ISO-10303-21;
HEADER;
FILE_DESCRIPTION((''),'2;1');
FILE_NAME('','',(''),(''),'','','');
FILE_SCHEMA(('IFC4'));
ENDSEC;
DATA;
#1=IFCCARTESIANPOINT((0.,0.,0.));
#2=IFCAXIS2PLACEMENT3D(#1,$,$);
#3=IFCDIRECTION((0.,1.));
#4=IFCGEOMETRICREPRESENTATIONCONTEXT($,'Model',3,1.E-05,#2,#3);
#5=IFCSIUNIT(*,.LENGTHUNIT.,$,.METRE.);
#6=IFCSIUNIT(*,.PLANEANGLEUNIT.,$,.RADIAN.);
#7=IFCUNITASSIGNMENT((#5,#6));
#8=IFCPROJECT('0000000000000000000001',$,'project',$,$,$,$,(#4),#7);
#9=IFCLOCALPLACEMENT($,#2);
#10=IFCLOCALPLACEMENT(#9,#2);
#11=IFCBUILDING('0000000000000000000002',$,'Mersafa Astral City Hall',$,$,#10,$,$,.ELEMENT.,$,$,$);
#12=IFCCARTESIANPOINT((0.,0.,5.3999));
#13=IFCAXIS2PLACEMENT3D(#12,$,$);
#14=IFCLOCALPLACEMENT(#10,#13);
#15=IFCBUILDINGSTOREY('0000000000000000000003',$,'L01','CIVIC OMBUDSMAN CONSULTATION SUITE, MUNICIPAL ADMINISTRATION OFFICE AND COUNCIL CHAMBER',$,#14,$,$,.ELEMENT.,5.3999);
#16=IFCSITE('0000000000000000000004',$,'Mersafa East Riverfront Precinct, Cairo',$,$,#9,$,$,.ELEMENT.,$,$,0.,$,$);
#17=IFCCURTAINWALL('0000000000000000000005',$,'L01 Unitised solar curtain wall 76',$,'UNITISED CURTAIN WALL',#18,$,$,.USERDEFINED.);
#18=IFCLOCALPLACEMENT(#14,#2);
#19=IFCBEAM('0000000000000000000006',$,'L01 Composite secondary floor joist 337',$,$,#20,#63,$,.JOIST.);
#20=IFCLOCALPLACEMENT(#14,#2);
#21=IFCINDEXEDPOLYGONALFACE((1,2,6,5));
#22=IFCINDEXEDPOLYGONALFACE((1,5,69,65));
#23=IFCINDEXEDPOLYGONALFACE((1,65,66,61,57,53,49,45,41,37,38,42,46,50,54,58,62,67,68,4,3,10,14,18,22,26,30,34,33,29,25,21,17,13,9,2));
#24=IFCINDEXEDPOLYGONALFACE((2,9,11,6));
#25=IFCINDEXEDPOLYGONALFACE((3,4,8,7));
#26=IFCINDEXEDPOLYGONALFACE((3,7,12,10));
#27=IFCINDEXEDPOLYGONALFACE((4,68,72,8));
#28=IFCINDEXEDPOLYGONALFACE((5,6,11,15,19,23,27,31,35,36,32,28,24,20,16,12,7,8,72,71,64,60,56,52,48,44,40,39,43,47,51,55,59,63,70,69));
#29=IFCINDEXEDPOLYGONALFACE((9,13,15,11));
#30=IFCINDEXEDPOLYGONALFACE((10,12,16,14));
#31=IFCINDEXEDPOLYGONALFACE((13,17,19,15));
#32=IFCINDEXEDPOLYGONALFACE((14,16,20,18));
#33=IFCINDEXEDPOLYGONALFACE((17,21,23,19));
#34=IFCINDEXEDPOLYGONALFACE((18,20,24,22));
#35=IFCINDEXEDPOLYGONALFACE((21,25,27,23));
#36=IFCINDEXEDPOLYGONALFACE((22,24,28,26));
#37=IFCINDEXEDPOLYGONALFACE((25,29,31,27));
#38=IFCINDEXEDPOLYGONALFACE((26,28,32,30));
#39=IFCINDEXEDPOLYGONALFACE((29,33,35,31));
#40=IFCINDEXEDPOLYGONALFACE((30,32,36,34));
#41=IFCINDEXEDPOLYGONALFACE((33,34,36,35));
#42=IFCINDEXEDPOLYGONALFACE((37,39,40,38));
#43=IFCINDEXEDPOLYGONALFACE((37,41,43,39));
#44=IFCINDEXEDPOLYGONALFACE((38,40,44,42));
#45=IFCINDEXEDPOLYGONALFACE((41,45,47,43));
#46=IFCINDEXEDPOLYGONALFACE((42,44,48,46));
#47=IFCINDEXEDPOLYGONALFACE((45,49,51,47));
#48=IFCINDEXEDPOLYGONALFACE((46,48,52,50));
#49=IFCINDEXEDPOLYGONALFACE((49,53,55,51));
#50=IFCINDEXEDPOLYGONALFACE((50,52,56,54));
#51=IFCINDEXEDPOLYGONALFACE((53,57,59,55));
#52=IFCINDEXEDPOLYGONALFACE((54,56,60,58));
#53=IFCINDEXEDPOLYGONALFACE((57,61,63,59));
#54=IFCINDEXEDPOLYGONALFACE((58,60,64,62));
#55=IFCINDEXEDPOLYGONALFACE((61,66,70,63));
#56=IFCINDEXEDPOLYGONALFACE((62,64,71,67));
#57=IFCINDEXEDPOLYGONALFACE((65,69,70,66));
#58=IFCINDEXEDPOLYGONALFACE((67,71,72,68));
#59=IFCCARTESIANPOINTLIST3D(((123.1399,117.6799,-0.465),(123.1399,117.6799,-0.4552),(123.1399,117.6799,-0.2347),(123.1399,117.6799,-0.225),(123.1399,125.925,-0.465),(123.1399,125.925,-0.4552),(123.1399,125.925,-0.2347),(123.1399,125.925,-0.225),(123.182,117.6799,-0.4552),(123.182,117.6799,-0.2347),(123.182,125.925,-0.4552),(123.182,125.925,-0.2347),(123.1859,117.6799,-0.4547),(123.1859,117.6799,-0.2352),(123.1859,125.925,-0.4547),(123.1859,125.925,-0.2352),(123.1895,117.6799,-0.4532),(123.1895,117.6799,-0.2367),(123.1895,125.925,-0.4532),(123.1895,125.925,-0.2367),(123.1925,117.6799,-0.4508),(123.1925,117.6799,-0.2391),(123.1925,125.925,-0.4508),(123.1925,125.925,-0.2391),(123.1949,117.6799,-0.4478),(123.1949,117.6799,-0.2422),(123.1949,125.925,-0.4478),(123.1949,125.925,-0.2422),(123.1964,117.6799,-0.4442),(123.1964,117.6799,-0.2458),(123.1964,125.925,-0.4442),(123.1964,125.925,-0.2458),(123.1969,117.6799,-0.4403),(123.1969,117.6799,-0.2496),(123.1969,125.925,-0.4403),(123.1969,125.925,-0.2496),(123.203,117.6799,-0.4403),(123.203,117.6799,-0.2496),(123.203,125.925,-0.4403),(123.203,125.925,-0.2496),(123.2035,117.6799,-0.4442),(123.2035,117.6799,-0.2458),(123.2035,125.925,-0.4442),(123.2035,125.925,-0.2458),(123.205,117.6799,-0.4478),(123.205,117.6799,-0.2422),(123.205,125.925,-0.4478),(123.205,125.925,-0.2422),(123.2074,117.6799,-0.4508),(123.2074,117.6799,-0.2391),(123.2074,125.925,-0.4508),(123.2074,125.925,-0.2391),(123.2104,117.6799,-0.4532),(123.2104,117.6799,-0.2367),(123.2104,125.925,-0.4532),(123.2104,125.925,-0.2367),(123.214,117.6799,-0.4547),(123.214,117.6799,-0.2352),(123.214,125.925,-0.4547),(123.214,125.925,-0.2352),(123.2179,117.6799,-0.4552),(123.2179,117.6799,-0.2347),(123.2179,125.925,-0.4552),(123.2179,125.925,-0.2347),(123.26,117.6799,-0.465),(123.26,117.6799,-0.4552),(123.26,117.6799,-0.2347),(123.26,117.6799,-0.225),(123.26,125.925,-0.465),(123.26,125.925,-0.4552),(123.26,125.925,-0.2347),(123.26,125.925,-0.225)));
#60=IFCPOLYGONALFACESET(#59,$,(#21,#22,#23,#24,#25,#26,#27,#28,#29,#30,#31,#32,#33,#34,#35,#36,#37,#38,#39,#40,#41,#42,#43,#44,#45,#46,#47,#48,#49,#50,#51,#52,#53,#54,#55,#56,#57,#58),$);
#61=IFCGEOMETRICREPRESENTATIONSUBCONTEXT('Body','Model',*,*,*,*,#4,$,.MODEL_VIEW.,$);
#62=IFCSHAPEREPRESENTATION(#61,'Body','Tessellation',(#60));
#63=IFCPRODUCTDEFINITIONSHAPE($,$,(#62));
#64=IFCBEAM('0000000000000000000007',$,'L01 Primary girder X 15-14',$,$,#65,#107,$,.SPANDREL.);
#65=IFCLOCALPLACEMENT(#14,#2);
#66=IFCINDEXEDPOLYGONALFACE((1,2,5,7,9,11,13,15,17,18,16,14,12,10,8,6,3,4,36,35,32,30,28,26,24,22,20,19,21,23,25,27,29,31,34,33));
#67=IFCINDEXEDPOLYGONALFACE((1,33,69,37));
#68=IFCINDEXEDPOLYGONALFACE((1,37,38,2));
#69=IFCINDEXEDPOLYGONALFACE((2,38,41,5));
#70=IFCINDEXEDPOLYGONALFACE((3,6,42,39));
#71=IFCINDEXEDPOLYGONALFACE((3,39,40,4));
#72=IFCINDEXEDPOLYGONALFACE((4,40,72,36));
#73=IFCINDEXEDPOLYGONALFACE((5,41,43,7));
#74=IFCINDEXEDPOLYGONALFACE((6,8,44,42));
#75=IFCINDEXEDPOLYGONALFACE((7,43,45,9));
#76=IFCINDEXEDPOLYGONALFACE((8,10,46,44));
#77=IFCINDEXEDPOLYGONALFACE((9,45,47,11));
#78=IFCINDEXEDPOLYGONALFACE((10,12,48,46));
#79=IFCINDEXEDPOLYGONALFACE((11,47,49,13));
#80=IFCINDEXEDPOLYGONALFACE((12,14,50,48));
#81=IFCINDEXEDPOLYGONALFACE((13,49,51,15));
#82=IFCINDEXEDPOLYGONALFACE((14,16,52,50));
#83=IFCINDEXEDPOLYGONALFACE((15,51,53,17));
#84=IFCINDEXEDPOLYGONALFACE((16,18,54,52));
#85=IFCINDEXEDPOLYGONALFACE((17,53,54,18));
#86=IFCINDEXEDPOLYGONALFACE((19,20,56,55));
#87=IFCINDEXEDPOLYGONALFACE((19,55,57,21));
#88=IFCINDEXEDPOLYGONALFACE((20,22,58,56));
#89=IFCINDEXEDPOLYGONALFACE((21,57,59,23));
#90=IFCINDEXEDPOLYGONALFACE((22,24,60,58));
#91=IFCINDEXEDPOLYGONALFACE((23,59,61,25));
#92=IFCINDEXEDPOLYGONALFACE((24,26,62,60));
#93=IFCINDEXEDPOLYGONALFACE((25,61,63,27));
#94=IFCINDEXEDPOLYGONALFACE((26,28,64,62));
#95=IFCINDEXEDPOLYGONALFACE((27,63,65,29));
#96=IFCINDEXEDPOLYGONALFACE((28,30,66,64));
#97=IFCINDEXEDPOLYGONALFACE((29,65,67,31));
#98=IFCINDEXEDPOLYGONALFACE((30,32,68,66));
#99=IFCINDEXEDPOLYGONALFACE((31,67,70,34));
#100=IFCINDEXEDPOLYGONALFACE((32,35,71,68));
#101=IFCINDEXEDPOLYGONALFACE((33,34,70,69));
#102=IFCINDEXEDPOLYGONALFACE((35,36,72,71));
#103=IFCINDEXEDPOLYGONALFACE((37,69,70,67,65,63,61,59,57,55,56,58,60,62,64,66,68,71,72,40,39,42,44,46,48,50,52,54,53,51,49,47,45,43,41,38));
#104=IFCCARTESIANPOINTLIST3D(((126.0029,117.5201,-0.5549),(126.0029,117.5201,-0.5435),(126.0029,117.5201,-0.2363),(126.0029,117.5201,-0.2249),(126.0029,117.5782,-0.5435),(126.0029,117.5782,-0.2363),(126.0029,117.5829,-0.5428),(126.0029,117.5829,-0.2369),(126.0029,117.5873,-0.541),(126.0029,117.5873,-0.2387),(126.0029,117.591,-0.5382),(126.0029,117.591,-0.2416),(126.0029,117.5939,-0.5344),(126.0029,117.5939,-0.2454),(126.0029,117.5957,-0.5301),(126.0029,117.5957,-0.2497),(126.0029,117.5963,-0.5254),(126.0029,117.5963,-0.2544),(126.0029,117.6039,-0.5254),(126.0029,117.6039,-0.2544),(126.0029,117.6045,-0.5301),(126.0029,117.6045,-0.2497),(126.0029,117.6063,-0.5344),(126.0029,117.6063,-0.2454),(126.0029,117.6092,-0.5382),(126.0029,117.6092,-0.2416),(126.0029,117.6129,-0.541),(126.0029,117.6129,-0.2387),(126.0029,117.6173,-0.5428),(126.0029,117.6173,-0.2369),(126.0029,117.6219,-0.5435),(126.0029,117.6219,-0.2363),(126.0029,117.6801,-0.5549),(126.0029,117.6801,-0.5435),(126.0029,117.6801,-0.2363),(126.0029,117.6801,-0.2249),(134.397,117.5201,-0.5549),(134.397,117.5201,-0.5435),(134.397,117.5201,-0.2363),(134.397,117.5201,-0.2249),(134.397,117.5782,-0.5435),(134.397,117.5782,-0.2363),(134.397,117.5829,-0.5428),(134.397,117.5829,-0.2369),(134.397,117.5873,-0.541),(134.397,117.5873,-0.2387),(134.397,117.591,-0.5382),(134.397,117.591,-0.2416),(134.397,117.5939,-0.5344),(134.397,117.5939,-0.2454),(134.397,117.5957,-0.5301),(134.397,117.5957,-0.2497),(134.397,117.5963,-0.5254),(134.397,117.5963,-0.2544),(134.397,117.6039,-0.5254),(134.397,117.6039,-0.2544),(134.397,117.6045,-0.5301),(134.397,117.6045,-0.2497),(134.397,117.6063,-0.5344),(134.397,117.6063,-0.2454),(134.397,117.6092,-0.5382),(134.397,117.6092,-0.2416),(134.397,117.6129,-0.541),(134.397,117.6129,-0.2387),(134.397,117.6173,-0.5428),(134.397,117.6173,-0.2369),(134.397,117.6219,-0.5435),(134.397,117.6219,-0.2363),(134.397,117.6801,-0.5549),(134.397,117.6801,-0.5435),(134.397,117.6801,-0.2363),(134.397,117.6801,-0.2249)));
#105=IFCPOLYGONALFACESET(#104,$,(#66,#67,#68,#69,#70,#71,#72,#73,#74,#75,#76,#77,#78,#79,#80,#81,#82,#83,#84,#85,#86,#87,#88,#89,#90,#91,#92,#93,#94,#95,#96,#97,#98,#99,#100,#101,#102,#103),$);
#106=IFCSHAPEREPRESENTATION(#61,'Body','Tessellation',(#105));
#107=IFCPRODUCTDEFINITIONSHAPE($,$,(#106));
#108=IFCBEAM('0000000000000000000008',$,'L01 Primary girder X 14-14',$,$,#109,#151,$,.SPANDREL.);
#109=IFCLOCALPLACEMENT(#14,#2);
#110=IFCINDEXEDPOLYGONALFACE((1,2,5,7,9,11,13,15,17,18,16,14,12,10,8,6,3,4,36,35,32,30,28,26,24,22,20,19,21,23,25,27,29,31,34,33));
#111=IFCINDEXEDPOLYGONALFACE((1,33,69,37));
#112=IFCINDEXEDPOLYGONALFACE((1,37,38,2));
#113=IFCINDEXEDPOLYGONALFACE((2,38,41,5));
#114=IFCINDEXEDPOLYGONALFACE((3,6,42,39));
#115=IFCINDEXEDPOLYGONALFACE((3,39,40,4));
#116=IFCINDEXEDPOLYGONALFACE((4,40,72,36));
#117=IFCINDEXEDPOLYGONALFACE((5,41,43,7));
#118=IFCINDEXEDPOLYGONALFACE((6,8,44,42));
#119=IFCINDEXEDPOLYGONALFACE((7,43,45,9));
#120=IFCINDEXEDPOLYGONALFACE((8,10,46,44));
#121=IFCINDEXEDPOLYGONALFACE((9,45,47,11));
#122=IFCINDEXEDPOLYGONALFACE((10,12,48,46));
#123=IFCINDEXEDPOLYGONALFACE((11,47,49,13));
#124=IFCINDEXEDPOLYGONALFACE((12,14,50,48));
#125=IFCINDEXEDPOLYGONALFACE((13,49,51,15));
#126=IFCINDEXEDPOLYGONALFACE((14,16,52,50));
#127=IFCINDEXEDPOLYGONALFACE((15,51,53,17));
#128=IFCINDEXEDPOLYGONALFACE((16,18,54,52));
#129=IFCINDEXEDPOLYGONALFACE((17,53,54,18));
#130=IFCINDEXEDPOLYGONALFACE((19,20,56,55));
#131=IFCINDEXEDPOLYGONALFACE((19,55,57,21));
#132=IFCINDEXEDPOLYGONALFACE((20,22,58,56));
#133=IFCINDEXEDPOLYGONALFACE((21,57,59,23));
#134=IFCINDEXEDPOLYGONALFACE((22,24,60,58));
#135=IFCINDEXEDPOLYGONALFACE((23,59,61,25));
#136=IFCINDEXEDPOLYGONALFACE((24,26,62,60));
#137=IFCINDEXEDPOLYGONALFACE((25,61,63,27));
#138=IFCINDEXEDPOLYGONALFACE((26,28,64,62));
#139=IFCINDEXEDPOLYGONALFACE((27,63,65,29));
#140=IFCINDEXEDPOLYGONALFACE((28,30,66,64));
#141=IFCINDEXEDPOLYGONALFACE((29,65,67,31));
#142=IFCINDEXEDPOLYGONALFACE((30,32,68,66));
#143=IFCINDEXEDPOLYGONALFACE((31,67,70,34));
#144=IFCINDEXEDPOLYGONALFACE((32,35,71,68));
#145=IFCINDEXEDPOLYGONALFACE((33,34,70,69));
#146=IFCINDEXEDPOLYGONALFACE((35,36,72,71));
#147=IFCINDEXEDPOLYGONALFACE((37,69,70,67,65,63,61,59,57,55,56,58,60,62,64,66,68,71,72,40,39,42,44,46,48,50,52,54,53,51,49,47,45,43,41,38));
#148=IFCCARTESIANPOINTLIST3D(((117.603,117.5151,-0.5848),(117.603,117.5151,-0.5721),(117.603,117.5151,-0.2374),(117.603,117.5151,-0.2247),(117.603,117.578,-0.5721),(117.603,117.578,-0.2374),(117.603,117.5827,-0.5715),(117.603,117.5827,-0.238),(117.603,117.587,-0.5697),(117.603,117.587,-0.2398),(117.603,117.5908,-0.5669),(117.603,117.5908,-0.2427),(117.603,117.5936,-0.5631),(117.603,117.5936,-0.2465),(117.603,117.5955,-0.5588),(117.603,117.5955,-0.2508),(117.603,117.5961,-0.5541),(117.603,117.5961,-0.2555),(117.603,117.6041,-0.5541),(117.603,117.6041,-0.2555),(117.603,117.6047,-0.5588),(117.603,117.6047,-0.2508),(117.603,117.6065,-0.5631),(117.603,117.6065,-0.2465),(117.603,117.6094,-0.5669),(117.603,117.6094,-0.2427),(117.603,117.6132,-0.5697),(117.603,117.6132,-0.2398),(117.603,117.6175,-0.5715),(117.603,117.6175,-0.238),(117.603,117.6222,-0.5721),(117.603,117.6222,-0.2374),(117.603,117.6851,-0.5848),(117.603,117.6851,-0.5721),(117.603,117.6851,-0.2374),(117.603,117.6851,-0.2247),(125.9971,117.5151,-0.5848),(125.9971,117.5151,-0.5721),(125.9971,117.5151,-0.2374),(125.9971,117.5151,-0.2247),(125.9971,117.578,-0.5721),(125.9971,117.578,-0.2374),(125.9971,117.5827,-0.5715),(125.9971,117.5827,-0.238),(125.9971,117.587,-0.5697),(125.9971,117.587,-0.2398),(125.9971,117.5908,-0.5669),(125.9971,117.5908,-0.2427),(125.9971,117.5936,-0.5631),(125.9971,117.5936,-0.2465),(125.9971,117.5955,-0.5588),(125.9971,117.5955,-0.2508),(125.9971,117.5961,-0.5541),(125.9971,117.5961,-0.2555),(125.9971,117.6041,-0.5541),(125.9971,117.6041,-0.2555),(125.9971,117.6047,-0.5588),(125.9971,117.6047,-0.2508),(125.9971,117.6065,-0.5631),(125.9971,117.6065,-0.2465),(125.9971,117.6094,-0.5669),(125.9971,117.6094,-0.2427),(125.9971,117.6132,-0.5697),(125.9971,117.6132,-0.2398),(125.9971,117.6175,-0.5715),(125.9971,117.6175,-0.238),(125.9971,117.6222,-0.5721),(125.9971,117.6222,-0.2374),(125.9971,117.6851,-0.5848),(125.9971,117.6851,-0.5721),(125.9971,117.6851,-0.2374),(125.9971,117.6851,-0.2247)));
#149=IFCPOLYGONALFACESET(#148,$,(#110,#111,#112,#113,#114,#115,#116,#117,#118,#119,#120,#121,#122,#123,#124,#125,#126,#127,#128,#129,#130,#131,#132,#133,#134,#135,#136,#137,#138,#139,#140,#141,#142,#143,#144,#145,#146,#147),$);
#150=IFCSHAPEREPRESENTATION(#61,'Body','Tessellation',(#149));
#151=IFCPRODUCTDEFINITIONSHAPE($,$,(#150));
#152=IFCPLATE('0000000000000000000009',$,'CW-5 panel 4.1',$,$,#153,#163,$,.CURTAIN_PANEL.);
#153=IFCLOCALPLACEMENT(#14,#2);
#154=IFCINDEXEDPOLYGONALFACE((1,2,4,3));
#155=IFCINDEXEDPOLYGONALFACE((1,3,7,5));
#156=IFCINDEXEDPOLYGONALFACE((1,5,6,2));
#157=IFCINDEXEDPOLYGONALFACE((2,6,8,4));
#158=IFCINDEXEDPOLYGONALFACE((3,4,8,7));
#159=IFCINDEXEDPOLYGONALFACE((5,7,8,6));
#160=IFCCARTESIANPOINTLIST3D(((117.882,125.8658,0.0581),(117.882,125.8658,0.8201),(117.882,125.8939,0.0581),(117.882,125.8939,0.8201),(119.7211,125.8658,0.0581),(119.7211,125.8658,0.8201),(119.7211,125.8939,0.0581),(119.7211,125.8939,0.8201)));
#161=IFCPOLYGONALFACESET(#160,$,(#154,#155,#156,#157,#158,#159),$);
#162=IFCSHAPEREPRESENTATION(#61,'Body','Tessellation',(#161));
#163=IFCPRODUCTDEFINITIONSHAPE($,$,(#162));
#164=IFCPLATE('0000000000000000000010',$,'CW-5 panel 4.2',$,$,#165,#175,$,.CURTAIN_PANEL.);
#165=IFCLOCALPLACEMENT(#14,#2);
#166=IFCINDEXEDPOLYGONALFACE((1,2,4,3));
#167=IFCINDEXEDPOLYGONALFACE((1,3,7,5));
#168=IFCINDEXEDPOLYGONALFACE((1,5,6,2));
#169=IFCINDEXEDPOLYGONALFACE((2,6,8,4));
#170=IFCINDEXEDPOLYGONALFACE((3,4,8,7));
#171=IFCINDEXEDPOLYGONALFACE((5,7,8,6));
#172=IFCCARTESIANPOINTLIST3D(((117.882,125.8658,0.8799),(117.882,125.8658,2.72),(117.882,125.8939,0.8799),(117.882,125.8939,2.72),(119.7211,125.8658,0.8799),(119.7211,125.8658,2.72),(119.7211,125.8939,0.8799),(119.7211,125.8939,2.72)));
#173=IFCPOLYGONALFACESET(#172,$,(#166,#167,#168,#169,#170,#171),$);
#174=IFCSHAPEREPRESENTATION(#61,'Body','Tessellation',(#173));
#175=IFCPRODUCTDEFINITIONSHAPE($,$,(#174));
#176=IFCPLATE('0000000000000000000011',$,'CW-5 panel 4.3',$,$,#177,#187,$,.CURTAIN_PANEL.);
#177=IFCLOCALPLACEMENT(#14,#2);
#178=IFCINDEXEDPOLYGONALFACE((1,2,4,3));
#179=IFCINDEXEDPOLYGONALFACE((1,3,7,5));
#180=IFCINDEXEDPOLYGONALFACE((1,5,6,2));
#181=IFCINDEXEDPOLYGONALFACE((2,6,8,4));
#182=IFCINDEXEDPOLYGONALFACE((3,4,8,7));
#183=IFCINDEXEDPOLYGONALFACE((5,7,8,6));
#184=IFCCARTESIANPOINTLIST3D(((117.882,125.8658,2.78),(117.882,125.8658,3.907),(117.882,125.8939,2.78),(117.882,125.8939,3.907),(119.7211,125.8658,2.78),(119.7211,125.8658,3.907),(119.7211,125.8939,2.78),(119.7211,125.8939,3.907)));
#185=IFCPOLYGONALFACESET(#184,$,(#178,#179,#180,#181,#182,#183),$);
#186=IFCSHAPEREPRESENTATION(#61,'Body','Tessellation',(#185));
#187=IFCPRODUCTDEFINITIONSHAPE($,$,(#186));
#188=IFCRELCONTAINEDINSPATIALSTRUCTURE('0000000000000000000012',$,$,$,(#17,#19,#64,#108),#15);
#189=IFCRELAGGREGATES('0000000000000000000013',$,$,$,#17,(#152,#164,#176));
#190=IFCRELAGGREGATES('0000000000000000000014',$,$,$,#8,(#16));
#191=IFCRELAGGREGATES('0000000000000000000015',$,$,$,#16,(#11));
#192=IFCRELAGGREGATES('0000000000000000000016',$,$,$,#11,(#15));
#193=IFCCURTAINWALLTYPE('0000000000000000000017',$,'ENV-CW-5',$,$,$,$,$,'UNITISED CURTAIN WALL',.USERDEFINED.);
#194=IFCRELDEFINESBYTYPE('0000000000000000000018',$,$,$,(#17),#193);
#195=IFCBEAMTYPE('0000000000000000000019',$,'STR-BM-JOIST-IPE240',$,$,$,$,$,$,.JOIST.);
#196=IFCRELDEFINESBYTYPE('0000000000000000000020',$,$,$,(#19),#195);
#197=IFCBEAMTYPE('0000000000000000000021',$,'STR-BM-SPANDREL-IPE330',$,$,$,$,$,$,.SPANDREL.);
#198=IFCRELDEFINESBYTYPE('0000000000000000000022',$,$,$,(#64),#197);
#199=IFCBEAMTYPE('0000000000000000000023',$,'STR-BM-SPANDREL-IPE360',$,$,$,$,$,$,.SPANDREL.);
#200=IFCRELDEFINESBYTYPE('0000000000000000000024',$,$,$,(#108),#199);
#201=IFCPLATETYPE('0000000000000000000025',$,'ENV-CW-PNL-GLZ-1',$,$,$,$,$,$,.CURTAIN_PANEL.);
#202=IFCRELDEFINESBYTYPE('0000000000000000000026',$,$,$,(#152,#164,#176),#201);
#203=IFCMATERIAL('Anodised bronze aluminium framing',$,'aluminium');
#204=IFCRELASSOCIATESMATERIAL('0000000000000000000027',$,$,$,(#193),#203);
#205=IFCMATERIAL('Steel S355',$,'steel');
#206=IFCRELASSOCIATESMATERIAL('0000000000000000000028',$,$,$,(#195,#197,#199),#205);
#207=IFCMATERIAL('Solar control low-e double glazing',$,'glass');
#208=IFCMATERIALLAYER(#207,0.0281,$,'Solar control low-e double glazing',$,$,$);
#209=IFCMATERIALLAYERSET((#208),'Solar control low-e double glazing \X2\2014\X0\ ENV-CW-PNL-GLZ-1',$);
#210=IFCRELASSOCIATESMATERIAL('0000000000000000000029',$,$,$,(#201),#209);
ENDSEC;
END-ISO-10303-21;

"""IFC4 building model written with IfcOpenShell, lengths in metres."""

from ifc_helpers import new_model, si_unit, direction, frame, origin, origin_2d, place, context, subcontext, project, spatial, rectangle, i_section, extrude, material, layer, layer_set, material_profile, profile_set, type_object, element, aggregate, save


model = new_model("IFC4")

# Units and contexts
model_context = context("Model", 3, precision=1e-05, world=origin(), true_north=direction((0.0, 1.0)))
body_context = subcontext(model_context, "Body", "Model", "MODEL_VIEW")
ifc_project = project(units=[si_unit("LENGTHUNIT", "METRE"), si_unit("PLANEANGLEUNIT", "RADIAN")], contexts=[model_context])

# Site, building, storey
site_placement = place(None, origin())
site = spatial("IfcSite", under=ifc_project, at=site_placement, Name="Mersafa East Riverfront Precinct, Cairo", CompositionType="ELEMENT", RefElevation=0.0)
building_placement = place(site_placement, origin())
building = spatial("IfcBuilding", under=site, at=building_placement, Name="Mersafa Astral City Hall", CompositionType="ELEMENT")
storey_placement = place(building_placement, frame((0.0, 0.0, 5.3999)))
storey = spatial("IfcBuildingStorey", under=building, at=storey_placement, Name="L01", Description="CIVIC OMBUDSMAN CONSULTATION SUITE, MUNICIPAL ADMINISTRATION OFFICE AND COUNCIL CHAMBER", CompositionType="ELEMENT", Elevation=5.3999)

# Shared definitions
ifc_material_1 = material(Name="Steel S355", Category="steel")

# Shared definitions
ifc_material_2 = material(Name="Anodised bronze aluminium framing", Category="aluminium")

# Curtain wall
curtain_wall_type_1 = type_object("IfcCurtainWallType", Name="ENV-CW-5", ElementType="UNITISED CURTAIN WALL", PredefinedType="USERDEFINED", material=ifc_material_2)
curtain_wall_1_placement = place(storey_placement, origin())
curtain_wall_1 = element("IfcCurtainWall", 1, at=curtain_wall_1_placement, inside=storey, type_object=curtain_wall_type_1, Name="L01 Unitised solar curtain wall 76", ObjectType="UNITISED CURTAIN WALL", PredefinedType="USERDEFINED")

# Beams
ifc_material_profile_1 = material_profile(ifc_material_1, i_section(OverallWidth=0.1201, OverallDepth=0.24, WebThickness=0.0061, FlangeThickness=0.0098, FilletRadius=0.0149, at=origin_2d()), Name="IPE 240")
ifc_profile_set_1 = profile_set([ifc_material_profile_1], Name="Steel S355")
beam_type_1 = type_object("IfcBeamType", Name="STR-BM-JOIST-IPE240", PredefinedType="JOIST", material=ifc_profile_set_1)
for number, where, z_axis, x_axis, name in (
    (2, (123.2, 117.6799, -0.345), (0.0, 1.0, 0.0), (-1.0, 0.0, 0.0), "L01 Composite secondary floor joist 337"),
):
    element("IfcBeam", number, at=place(storey_placement, frame(where, z_axis=z_axis, x_axis=x_axis)), inside=storey, type_object=beam_type_1, Name=name, PredefinedType="JOIST", context=body_context, shape_type="SweptSolid", body=[
        extrude(i_section(OverallWidth=0.1201, OverallDepth=0.24, WebThickness=0.0061, FlangeThickness=0.0098, FilletRadius=0.0149, at=origin_2d()), origin(), (0.0, 0.0, 1.0), 8.2451),
    ])
ifc_material_profile_2 = material_profile(ifc_material_1, i_section(OverallWidth=0.1599, OverallDepth=0.3301, WebThickness=0.0076, FlangeThickness=0.0115, FilletRadius=0.0181, at=origin_2d()), Name="IPE 330")
ifc_profile_set_2 = profile_set([ifc_material_profile_2], Name="Steel S355")
beam_type_2 = type_object("IfcBeamType", Name="STR-BM-SPANDREL-IPE330", PredefinedType="SPANDREL", material=ifc_profile_set_2)
beam_1_placement = place(storey_placement, frame((126.0029, 117.6001, -0.3899), z_axis=(1.0, 0.0, 0.0), x_axis=(0.0, 1.0, 0.0)))
element("IfcBeam", 3, at=beam_1_placement, inside=storey, type_object=beam_type_2, Name="L01 Primary girder X 15-14", PredefinedType="SPANDREL", context=body_context, shape_type="SweptSolid", body=[
    extrude(i_section(OverallWidth=0.1599, OverallDepth=0.3301, WebThickness=0.0076, FlangeThickness=0.0115, FilletRadius=0.0181, at=origin_2d()), origin(), (0.0, 0.0, 1.0), 8.394),
])
ifc_material_profile_3 = material_profile(ifc_material_1, i_section(OverallWidth=0.1699, OverallDepth=0.3601, WebThickness=0.0081, FlangeThickness=0.0127, FilletRadius=0.0181, at=origin_2d()), Name="IPE 360")
ifc_profile_set_3 = profile_set([ifc_material_profile_3], Name="Steel S355")
beam_type_3 = type_object("IfcBeamType", Name="STR-BM-SPANDREL-IPE360", PredefinedType="SPANDREL", material=ifc_profile_set_3)
beam_2_placement = place(storey_placement, frame((117.603, 117.6001, -0.4048), z_axis=(1.0, 0.0, 0.0), x_axis=(0.0, 1.0, 0.0)))
element("IfcBeam", 4, at=beam_2_placement, inside=storey, type_object=beam_type_3, Name="L01 Primary girder X 14-14", PredefinedType="SPANDREL", context=body_context, shape_type="SweptSolid", body=[
    extrude(i_section(OverallWidth=0.1699, OverallDepth=0.3601, WebThickness=0.0081, FlangeThickness=0.0127, FilletRadius=0.0181, at=origin_2d()), origin(), (0.0, 0.0, 1.0), 8.394),
])

# Plates
ifc_material_3 = material(Name="Solar control low-e double glazing", Category="glass")
ifc_layer_1 = layer(ifc_material_3, 0.0281, Name="Solar control low-e double glazing")
ifc_layer_set_1 = layer_set([ifc_layer_1], Name="Solar control low-e double glazing — ENV-CW-PNL-GLZ-1")
plate_type_1 = type_object("IfcPlateType", Name="ENV-CW-PNL-GLZ-1", PredefinedType="CURTAIN_PANEL", material=ifc_layer_set_1)
plate_1_placement = place(storey_placement, frame((118.8015, 125.8799, 0.0581), z_axis=(0.0, 0.0, 1.0), x_axis=(-1.0, 0.0, 0.0)))
plate_1 = element("IfcPlate", 5, at=plate_1_placement, type_object=plate_type_1, Name="CW-5 panel 4.1", PredefinedType="CURTAIN_PANEL", context=body_context, shape_type="SweptSolid", body=[
    extrude(rectangle(XDim=1.8391, YDim=0.0281, at=origin_2d()), origin(), (0.0, 0.0, 1.0), 0.762),
])
plate_2_placement = place(storey_placement, frame((118.8015, 125.8799, 0.8799), z_axis=(0.0, 0.0, 1.0), x_axis=(-1.0, 0.0, 0.0)))
plate_2 = element("IfcPlate", 6, at=plate_2_placement, type_object=plate_type_1, Name="CW-5 panel 4.2", PredefinedType="CURTAIN_PANEL", context=body_context, shape_type="SweptSolid", body=[
    extrude(rectangle(XDim=1.8391, YDim=0.0281, at=origin_2d()), origin(), (0.0, 0.0, 1.0), 1.8401),
])
plate_3_placement = place(storey_placement, frame((118.8015, 125.8799, 2.78), z_axis=(0.0, 0.0, 1.0), x_axis=(-1.0, 0.0, 0.0)))
plate_3 = element("IfcPlate", 7, at=plate_3_placement, type_object=plate_type_1, Name="CW-5 panel 4.3", PredefinedType="CURTAIN_PANEL", context=body_context, shape_type="SweptSolid", body=[
    extrude(rectangle(XDim=1.8391, YDim=0.0281, at=origin_2d()), origin(), (0.0, 0.0, 1.0), 1.127),
])
aggregate(curtain_wall_1, [plate_1, plate_2, plate_3])

save(model, "model.ifc")
